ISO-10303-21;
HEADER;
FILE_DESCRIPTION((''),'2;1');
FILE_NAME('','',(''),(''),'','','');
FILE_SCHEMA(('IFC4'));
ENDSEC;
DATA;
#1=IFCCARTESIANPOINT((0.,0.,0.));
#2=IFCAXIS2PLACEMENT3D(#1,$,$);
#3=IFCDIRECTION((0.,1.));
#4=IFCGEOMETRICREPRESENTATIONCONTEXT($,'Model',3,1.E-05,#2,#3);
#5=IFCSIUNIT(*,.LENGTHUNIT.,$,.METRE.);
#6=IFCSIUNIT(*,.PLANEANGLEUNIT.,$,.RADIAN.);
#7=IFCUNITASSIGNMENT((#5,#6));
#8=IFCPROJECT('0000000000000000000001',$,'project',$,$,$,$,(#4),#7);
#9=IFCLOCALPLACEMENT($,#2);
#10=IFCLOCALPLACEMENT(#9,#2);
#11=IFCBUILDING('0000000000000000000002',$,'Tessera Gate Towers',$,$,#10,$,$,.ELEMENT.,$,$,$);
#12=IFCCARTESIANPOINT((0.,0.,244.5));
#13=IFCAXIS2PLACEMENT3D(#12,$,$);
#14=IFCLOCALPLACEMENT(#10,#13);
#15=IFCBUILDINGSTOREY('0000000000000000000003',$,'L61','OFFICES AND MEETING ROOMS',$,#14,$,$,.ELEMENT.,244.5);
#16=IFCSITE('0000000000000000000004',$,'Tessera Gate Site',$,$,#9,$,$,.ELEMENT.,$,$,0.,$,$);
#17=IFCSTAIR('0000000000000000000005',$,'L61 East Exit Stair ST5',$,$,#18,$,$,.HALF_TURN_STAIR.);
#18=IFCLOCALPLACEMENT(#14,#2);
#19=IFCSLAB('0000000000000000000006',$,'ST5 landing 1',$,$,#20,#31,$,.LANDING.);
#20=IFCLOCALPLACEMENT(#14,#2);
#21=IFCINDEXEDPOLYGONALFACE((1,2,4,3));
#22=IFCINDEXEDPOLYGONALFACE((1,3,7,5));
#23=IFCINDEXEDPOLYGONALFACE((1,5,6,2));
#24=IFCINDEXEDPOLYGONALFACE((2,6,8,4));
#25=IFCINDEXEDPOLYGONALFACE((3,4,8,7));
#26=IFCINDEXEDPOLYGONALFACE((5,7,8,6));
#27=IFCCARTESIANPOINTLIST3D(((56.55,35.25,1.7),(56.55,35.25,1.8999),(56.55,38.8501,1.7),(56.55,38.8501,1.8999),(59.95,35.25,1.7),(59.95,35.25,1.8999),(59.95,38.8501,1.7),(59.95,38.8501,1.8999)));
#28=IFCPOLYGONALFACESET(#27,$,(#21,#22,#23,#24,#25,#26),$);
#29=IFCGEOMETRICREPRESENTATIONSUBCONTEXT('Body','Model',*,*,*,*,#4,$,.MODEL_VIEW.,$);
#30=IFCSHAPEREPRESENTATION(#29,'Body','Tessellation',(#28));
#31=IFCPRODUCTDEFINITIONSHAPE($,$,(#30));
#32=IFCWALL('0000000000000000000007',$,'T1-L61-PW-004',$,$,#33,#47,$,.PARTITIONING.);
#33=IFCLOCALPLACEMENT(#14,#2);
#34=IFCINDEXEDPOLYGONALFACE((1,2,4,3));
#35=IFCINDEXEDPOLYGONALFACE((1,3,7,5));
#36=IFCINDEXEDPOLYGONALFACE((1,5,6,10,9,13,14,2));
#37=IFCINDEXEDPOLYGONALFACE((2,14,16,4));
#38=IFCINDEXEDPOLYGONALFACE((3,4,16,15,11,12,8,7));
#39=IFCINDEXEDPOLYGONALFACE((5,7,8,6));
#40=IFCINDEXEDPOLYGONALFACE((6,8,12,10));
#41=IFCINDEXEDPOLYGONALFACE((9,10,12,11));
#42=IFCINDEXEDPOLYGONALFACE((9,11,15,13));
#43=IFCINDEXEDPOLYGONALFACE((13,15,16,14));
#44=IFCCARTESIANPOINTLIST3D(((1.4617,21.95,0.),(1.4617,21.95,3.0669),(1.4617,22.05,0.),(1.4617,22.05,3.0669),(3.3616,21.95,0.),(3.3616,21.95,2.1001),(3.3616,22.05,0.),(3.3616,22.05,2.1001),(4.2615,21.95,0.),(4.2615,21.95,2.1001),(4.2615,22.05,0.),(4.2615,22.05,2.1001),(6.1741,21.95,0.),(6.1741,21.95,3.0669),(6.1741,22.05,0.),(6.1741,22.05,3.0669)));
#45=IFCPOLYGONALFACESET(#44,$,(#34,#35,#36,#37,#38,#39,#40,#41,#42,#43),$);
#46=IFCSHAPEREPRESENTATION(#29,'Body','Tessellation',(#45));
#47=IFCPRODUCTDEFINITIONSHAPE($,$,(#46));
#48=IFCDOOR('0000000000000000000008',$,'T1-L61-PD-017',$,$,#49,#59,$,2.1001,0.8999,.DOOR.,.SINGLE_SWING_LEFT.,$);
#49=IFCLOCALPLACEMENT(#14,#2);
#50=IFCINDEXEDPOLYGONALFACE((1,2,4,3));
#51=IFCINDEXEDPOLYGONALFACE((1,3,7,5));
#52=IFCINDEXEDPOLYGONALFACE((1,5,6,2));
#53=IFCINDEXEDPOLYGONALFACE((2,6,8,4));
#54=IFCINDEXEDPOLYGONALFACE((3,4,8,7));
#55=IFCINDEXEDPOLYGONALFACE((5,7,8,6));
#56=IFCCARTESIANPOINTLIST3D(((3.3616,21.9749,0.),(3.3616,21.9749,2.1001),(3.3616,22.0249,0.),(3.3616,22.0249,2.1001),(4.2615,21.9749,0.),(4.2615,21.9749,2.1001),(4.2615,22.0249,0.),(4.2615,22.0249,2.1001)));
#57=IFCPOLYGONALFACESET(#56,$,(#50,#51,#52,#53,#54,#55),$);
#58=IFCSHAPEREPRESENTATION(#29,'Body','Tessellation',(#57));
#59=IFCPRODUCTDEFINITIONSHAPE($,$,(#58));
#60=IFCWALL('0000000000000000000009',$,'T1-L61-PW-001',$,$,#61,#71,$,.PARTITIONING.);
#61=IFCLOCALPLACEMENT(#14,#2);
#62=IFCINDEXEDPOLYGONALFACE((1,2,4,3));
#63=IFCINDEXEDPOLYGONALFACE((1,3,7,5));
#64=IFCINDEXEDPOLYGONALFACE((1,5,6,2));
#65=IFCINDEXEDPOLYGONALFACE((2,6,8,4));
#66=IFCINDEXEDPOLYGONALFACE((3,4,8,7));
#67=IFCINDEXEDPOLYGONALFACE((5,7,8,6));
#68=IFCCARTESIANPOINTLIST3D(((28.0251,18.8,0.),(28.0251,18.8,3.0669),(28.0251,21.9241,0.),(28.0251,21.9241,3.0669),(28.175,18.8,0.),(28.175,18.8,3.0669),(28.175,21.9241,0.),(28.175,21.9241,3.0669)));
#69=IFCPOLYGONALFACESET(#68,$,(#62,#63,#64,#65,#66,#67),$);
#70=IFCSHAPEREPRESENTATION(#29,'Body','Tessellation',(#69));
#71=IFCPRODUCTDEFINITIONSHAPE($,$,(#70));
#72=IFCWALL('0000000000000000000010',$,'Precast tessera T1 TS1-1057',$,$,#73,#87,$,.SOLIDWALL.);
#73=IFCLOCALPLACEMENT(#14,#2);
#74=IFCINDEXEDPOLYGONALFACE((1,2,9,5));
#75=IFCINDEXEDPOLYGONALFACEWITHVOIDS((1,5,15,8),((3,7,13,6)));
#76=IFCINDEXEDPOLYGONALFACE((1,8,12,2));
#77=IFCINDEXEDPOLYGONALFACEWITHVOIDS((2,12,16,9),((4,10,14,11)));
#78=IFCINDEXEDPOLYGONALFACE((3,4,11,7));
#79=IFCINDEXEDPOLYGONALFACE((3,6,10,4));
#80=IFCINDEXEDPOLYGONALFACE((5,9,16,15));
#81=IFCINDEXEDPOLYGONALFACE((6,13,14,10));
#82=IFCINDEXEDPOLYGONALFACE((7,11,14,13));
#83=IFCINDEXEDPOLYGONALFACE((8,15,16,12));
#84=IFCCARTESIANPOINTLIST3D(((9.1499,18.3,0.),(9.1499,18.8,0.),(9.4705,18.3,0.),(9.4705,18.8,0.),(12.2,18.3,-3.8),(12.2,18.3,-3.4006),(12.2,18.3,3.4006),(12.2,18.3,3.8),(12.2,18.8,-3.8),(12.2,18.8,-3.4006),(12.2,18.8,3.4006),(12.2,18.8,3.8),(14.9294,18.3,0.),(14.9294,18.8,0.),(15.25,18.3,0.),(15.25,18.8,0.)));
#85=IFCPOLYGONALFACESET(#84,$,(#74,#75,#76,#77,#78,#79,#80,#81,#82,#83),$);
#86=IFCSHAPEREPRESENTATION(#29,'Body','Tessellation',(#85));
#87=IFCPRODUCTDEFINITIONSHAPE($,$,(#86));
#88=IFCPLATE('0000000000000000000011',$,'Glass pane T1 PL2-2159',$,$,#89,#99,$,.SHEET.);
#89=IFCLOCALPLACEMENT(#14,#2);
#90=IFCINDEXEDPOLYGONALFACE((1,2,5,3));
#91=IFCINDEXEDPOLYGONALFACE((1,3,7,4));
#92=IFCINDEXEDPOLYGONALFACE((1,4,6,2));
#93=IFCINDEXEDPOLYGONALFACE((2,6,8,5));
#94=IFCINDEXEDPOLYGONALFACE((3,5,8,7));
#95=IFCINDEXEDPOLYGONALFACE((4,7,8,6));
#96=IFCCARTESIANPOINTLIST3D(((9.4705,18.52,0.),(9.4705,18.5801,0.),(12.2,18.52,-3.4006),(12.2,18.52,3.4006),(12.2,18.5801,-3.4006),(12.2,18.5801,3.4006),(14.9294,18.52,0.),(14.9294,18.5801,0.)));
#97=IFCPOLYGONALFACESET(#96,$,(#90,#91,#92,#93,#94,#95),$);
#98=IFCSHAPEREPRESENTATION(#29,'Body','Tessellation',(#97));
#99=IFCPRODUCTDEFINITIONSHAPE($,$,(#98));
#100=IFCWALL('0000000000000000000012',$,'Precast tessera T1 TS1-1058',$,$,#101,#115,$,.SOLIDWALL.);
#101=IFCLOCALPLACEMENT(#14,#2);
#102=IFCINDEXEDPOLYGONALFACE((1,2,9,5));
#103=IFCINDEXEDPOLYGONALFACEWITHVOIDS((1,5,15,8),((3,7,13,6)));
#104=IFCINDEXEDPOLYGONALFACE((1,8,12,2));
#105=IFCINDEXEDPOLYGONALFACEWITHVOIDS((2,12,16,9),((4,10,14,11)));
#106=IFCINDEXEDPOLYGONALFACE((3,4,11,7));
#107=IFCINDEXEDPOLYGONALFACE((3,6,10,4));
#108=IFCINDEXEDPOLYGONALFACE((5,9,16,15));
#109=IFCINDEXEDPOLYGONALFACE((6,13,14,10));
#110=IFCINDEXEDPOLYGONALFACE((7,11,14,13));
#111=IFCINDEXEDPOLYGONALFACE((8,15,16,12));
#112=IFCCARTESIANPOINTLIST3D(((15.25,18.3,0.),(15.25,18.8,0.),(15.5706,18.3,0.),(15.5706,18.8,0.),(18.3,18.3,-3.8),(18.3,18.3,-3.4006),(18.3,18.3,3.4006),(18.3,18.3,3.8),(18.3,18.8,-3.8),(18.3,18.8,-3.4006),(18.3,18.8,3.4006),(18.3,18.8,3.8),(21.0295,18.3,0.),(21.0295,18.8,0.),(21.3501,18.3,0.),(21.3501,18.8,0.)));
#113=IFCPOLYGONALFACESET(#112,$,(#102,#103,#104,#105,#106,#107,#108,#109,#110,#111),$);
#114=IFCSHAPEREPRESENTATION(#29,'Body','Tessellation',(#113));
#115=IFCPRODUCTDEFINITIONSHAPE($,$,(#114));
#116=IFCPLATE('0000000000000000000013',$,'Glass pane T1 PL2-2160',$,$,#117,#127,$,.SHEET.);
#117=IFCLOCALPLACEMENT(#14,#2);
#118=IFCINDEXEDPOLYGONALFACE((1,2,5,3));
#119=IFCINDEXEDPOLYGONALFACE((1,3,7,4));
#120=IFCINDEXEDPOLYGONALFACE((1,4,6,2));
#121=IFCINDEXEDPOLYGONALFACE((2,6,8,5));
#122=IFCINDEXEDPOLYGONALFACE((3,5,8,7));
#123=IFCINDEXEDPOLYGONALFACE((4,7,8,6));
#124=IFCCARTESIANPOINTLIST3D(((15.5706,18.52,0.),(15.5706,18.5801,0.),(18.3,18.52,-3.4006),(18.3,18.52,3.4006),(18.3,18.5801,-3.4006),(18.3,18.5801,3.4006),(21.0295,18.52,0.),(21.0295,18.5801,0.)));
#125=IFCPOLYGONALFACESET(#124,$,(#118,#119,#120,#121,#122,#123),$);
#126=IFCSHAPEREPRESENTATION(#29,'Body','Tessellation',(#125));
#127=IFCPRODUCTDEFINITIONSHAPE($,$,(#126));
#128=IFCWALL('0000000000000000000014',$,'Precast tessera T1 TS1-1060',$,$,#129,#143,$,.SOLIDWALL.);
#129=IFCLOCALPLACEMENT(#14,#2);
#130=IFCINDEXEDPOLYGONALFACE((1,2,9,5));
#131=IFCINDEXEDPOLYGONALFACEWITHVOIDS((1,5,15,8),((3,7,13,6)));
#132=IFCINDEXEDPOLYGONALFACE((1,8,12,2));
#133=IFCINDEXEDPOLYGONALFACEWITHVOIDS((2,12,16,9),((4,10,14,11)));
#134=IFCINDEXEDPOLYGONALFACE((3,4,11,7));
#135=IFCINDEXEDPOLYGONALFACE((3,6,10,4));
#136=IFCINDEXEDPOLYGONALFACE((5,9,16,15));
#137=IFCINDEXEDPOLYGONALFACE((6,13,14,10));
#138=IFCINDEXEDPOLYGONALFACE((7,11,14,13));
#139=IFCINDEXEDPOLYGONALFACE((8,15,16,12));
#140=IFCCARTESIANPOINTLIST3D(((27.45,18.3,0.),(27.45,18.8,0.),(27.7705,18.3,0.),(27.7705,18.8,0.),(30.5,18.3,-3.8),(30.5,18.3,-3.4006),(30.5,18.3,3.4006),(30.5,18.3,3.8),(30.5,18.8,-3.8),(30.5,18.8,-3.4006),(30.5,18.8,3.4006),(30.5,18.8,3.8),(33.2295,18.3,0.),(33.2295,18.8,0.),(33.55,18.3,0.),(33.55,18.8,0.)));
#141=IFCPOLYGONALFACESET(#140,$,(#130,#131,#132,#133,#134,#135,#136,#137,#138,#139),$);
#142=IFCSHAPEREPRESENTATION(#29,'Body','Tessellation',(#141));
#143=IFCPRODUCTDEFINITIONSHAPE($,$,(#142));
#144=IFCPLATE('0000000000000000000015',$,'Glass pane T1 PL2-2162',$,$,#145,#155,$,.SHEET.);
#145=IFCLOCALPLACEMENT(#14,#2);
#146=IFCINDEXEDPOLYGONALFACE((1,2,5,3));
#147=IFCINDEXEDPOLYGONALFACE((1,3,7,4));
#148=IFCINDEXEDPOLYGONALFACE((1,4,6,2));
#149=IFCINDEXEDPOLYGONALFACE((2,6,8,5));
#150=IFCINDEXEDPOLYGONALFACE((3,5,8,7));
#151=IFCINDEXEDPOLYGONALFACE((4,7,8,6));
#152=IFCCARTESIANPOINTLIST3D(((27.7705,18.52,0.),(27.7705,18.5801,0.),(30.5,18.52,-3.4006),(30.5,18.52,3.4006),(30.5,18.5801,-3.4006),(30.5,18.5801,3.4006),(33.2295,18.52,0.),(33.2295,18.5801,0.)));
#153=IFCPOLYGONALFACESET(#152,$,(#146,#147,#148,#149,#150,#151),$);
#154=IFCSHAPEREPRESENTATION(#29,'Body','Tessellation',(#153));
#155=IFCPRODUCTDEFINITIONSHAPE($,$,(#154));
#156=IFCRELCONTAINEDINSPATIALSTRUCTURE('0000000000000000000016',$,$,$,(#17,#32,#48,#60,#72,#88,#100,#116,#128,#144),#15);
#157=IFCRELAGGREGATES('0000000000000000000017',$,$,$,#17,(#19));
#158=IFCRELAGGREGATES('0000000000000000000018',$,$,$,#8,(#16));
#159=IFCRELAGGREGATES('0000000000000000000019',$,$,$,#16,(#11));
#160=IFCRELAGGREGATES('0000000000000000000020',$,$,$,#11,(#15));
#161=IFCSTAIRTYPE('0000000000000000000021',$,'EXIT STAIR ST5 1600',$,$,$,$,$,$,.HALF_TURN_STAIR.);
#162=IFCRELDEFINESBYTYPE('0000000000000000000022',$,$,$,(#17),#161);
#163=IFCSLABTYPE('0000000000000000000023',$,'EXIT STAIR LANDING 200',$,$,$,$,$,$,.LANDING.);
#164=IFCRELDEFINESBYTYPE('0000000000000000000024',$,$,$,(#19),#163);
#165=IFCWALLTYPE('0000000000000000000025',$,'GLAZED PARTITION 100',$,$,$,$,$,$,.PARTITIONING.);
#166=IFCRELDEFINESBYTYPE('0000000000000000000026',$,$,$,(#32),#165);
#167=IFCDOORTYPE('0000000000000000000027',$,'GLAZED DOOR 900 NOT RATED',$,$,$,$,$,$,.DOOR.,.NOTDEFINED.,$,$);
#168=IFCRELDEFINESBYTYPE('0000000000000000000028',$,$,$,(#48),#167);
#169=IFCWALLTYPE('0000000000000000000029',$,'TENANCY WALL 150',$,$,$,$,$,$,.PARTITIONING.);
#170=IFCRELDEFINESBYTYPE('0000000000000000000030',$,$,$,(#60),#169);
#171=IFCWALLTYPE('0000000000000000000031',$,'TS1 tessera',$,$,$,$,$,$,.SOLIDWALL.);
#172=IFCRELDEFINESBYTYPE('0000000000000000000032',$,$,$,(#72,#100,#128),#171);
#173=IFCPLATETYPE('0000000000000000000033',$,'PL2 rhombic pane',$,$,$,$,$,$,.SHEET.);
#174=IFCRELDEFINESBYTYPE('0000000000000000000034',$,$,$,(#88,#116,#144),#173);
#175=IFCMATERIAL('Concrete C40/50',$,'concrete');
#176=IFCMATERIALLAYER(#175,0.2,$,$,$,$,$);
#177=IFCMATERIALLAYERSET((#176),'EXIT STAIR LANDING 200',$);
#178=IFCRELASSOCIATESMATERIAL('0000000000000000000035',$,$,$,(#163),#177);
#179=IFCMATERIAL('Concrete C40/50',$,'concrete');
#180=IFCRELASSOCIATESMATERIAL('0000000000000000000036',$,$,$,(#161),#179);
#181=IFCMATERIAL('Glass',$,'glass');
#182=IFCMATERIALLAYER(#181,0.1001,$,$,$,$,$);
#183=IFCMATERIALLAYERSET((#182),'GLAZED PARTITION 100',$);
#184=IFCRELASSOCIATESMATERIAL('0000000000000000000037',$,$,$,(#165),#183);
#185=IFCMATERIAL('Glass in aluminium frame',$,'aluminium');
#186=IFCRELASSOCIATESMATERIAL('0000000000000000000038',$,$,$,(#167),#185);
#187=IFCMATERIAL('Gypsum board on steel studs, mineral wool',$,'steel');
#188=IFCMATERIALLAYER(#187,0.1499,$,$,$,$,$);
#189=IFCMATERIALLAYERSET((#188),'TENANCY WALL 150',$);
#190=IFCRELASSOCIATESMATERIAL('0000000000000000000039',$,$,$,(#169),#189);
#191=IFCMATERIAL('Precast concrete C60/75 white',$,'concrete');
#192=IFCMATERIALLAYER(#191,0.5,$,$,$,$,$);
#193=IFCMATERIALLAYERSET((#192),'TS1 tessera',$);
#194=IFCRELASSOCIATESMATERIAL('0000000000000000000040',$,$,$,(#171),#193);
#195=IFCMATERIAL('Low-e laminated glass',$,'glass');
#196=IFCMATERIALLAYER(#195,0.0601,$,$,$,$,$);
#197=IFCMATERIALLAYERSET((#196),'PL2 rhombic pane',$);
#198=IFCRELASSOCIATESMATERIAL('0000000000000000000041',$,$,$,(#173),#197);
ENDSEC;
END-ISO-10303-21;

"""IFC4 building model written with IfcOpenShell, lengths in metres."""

from ifc_helpers import new_model, si_unit, direction, frame, frame_2d, origin, place, context, subcontext, project, spatial, polyline, rectangle, outline, extrude, source, transform, mapped, material, layer, layer_set, type_object, element, fill, aggregate, save


model = new_model("IFC4")

# Units and contexts
model_context = context("Model", 3, precision=1e-05, world=origin(), true_north=direction((0.0, 1.0)))
body_context = subcontext(model_context, "Body", "Model", "MODEL_VIEW")
ifc_project = project(units=[si_unit("LENGTHUNIT", "METRE"), si_unit("PLANEANGLEUNIT", "RADIAN")], contexts=[model_context])

# Site, building, storey
site_placement = place(None, origin())
site = spatial("IfcSite", under=ifc_project, at=site_placement, Name="Tessera Gate Site", CompositionType="ELEMENT", RefElevation=0.0)
building_placement = place(site_placement, origin())
building = spatial("IfcBuilding", under=site, at=building_placement, Name="Tessera Gate Towers", CompositionType="ELEMENT")
storey_placement = place(building_placement, frame((0.0, 0.0, 244.5)))
storey = spatial("IfcBuildingStorey", under=building, at=storey_placement, Name="L61", Description="OFFICES AND MEETING ROOMS", CompositionType="ELEMENT", Elevation=244.5)

# Stair, slab
ifc_material_1 = material(Name="Concrete C40/50", Category="concrete")
ifc_layer_1 = layer(ifc_material_1, 0.2)
ifc_layer_set_1 = layer_set([ifc_layer_1], Name="EXIT STAIR LANDING 200")
slab_type_1 = type_object("IfcSlabType", Name="EXIT STAIR LANDING 200", PredefinedType="LANDING", material=ifc_layer_set_1)
ifc_material_2 = material(Name="Concrete C40/50", Category="concrete")
stair_type_1 = type_object("IfcStairType", Name="EXIT STAIR ST5 1600", PredefinedType="HALF_TURN_STAIR", material=ifc_material_2)
stair_1_placement = place(storey_placement, origin())
stair_1 = element("IfcStair", 1, at=stair_1_placement, inside=storey, type_object=stair_type_1, Name="L61 East Exit Stair ST5", PredefinedType="HALF_TURN_STAIR")
slab_1_placement = place(storey_placement, frame((0.0, 0.0, 1.7)))
slab_1 = element("IfcSlab", 2, at=slab_1_placement, type_object=slab_type_1, Name="ST5 landing 1", PredefinedType="LANDING", context=body_context, shape_type="SweptSolid", body=[
    extrude(outline(polyline([(59.95, 35.25), (59.95, 38.8501), (56.55, 38.8501), (56.55, 35.25), (59.95, 35.25)])), origin(), (0.0, 0.0, 1.0), 0.2),
])
aggregate(stair_1, [slab_1])

# Wall, opening, door
ifc_material_3 = material(Name="Glass", Category="glass")
ifc_layer_2 = layer(ifc_material_3, 0.1001)
ifc_layer_set_2 = layer_set([ifc_layer_2], Name="GLAZED PARTITION 100")
wall_type_1 = type_object("IfcWallType", Name="GLAZED PARTITION 100", PredefinedType="PARTITIONING", material=ifc_layer_set_2)
wall_1_placement = place(storey_placement, frame((1.4617, 22.0, 0.0), z_axis=(0.0, 0.0, 1.0), x_axis=(1.0, 0.0, 0.0)))
wall_1 = element("IfcWall", 3, at=wall_1_placement, inside=storey, type_object=wall_type_1, Name="T1-L61-PW-004", PredefinedType="PARTITIONING", context=body_context, shape_type="SweptSolid", body=[
    extrude(rectangle(XDim=4.7124, YDim=0.1001, at=frame_2d((2.3562, 0.0))), origin(), (0.0, 0.0, 1.0), 3.0669),
])
shared_shape_1 = source(origin(), body_context, "Body", "SweptSolid", [
    extrude(rectangle(XDim=0.8999, YDim=2.1001, at=frame_2d((0.45, 1.05))), frame((0.0, 0.0601, 0.0), z_axis=(0.0, -1.0, 0.0), x_axis=(1.0, 0.0, 0.0)), (0.0, 0.0, 1.0), 0.1201),
])
opening_1_placement = place(wall_1_placement, frame((1.8999, 0.0, 0.0)))
opening_1 = element("IfcOpeningElement", 4, at=opening_1_placement, cuts=wall_1, PredefinedType="OPENING", context=body_context, shape_type="MappedRepresentation", body=[
    mapped(shared_shape_1, transform((0.0, 0.0, 0.0), scale=1.0)),
])
ifc_material_4 = material(Name="Glass in aluminium frame", Category="aluminium")
door_type = type_object("IfcDoorType", Name="GLAZED DOOR 900 NOT RATED", OperationType="NOTDEFINED", PredefinedType="DOOR", material=ifc_material_4)
shared_shape_2 = source(origin(), body_context, "Body", "SweptSolid", [
    extrude(rectangle(XDim=0.8999, YDim=2.1001, at=frame_2d((0.45, 1.05))), frame((0.0, 0.0249, 0.0), z_axis=(0.0, -1.0, 0.0), x_axis=(1.0, 0.0, 0.0)), (0.0, 0.0, 1.0), 0.05),
])
door_placement = place(opening_1_placement, origin())
door = element("IfcDoor", 5, at=door_placement, inside=storey, type_object=door_type, Name="T1-L61-PD-017", OperationType="SINGLE_SWING_LEFT", OverallHeight=2.1001, OverallWidth=0.8999, PredefinedType="DOOR", context=body_context, shape_type="MappedRepresentation", body=[
    mapped(shared_shape_2, transform((0.0, 0.0, 0.0), scale=1.0)),
])
fill(opening_1, door)

# Wall
ifc_material_5 = material(Name="Gypsum board on steel studs, mineral wool", Category="steel")
ifc_layer_3 = layer(ifc_material_5, 0.1499)
ifc_layer_set_3 = layer_set([ifc_layer_3], Name="TENANCY WALL 150")
wall_type_2 = type_object("IfcWallType", Name="TENANCY WALL 150", PredefinedType="PARTITIONING", material=ifc_layer_set_3)
wall_2_placement = place(storey_placement, frame((28.1001, 18.8, 0.0), z_axis=(0.0, 0.0, 1.0), x_axis=(0.0, 1.0, 0.0)))
element("IfcWall", 6, at=wall_2_placement, inside=storey, type_object=wall_type_2, Name="T1-L61-PW-001", PredefinedType="PARTITIONING", context=body_context, shape_type="SweptSolid", body=[
    extrude(rectangle(XDim=3.124, YDim=0.1499, at=frame_2d((1.562, 0.0))), origin(), (0.0, 0.0, 1.0), 3.0669),
])

# Walls, openings, plates
ifc_material_6 = material(Name="Precast concrete C60/75 white", Category="concrete")
ifc_layer_4 = layer(ifc_material_6, 0.5)
ifc_layer_set_4 = layer_set([ifc_layer_4], Name="TS1 tessera")
wall_type_3 = type_object("IfcWallType", Name="TS1 tessera", PredefinedType="SOLIDWALL", material=ifc_layer_set_4)
shared_shape_3 = source(origin(), body_context, "Body", "SweptSolid", [
    extrude(outline(polyline([(3.05, 0.0), (6.1001, 3.8), (3.05, 7.6001), (0.0, 3.8), (3.05, 0.0)])), frame((0.0, 0.25, 0.0), z_axis=(0.0, -1.0, 0.0), x_axis=(1.0, 0.0, 0.0)), (0.0, 0.0, 1.0), 0.5),
])
wall_3_placement = place(storey_placement, frame((9.1499, 18.55, -3.8), z_axis=(0.0, 0.0, 1.0), x_axis=(1.0, 0.0, 0.0)))
wall_3 = element("IfcWall", 7, at=wall_3_placement, inside=storey, type_object=wall_type_3, Name="Precast tessera T1 TS1-1057", PredefinedType="SOLIDWALL", context=body_context, shape_type="MappedRepresentation", body=[
    mapped(shared_shape_3, transform((0.0, 0.0, 0.0), scale=1.0)),
])
shared_shape_4 = source(origin(), body_context, "Body", "SweptSolid", [
    extrude(outline(polyline([(3.05, 0.3994), (5.7795, 3.8), (3.05, 7.2007), (0.3206, 3.8), (3.05, 0.3994)])), frame((0.0, 0.26, 0.0), z_axis=(0.0, -1.0, 0.0), x_axis=(1.0, 0.0, 0.0)), (0.0, 0.0, 1.0), 0.52),
])
opening_2_placement = place(wall_3_placement, origin())
opening_2 = element("IfcOpeningElement", 8, at=opening_2_placement, cuts=wall_3, PredefinedType="OPENING", context=body_context, shape_type="MappedRepresentation", body=[
    mapped(shared_shape_4, transform((0.0, 0.0, 0.0), scale=1.0)),
])
ifc_material_7 = material(Name="Low-e laminated glass", Category="glass")
ifc_layer_5 = layer(ifc_material_7, 0.0601)
ifc_layer_set_5 = layer_set([ifc_layer_5], Name="PL2 rhombic pane")
plate_type = type_object("IfcPlateType", Name="PL2 rhombic pane", PredefinedType="SHEET", material=ifc_layer_set_5)
shared_shape_5 = source(origin(), body_context, "Body", "SweptSolid", [
    extrude(outline(polyline([(3.05, 0.3994), (5.7795, 3.8), (3.05, 7.2007), (0.3206, 3.8), (3.05, 0.3994)])), frame((0.0, 0.03, 0.0), z_axis=(0.0, -1.0, 0.0), x_axis=(1.0, 0.0, 0.0)), (0.0, 0.0, 1.0), 0.0601),
])
plate_1_placement = place(opening_2_placement, origin())
plate_1 = element("IfcPlate", 9, at=plate_1_placement, inside=storey, type_object=plate_type, Name="Glass pane T1 PL2-2159", PredefinedType="SHEET", context=body_context, shape_type="MappedRepresentation", body=[
    mapped(shared_shape_5, transform((0.0, 0.0, 0.0), scale=1.0)),
])
fill(opening_2, plate_1)
wall_4_placement = place(storey_placement, frame((15.25, 18.55, -3.8), z_axis=(0.0, 0.0, 1.0), x_axis=(1.0, 0.0, 0.0)))
wall_4 = element("IfcWall", 10, at=wall_4_placement, inside=storey, type_object=wall_type_3, Name="Precast tessera T1 TS1-1058", PredefinedType="SOLIDWALL", context=body_context, shape_type="MappedRepresentation", body=[
    mapped(shared_shape_3, transform((0.0, 0.0, 0.0), scale=1.0)),
])
opening_3_placement = place(wall_4_placement, origin())
opening_3 = element("IfcOpeningElement", 11, at=opening_3_placement, cuts=wall_4, PredefinedType="OPENING", context=body_context, shape_type="MappedRepresentation", body=[
    mapped(shared_shape_4, transform((0.0, 0.0, 0.0), scale=1.0)),
])
plate_2_placement = place(opening_3_placement, origin())
plate_2 = element("IfcPlate", 12, at=plate_2_placement, inside=storey, type_object=plate_type, Name="Glass pane T1 PL2-2160", PredefinedType="SHEET", context=body_context, shape_type="MappedRepresentation", body=[
    mapped(shared_shape_5, transform((0.0, 0.0, 0.0), scale=1.0)),
])
fill(opening_3, plate_2)
wall_5_placement = place(storey_placement, frame((27.45, 18.55, -3.8), z_axis=(0.0, 0.0, 1.0), x_axis=(1.0, 0.0, 0.0)))
wall_5 = element("IfcWall", 13, at=wall_5_placement, inside=storey, type_object=wall_type_3, Name="Precast tessera T1 TS1-1060", PredefinedType="SOLIDWALL", context=body_context, shape_type="MappedRepresentation", body=[
    mapped(shared_shape_3, transform((0.0, 0.0, 0.0), scale=1.0)),
])
opening_4_placement = place(wall_5_placement, origin())
opening_4 = element("IfcOpeningElement", 14, at=opening_4_placement, cuts=wall_5, PredefinedType="OPENING", context=body_context, shape_type="MappedRepresentation", body=[
    mapped(shared_shape_4, transform((0.0, 0.0, 0.0), scale=1.0)),
])
plate_3_placement = place(opening_4_placement, origin())
plate_3 = element("IfcPlate", 15, at=plate_3_placement, inside=storey, type_object=plate_type, Name="Glass pane T1 PL2-2162", PredefinedType="SHEET", context=body_context, shape_type="MappedRepresentation", body=[
    mapped(shared_shape_5, transform((0.0, 0.0, 0.0), scale=1.0)),
])
fill(opening_4, plate_3)

save(model, "model.ifc")
